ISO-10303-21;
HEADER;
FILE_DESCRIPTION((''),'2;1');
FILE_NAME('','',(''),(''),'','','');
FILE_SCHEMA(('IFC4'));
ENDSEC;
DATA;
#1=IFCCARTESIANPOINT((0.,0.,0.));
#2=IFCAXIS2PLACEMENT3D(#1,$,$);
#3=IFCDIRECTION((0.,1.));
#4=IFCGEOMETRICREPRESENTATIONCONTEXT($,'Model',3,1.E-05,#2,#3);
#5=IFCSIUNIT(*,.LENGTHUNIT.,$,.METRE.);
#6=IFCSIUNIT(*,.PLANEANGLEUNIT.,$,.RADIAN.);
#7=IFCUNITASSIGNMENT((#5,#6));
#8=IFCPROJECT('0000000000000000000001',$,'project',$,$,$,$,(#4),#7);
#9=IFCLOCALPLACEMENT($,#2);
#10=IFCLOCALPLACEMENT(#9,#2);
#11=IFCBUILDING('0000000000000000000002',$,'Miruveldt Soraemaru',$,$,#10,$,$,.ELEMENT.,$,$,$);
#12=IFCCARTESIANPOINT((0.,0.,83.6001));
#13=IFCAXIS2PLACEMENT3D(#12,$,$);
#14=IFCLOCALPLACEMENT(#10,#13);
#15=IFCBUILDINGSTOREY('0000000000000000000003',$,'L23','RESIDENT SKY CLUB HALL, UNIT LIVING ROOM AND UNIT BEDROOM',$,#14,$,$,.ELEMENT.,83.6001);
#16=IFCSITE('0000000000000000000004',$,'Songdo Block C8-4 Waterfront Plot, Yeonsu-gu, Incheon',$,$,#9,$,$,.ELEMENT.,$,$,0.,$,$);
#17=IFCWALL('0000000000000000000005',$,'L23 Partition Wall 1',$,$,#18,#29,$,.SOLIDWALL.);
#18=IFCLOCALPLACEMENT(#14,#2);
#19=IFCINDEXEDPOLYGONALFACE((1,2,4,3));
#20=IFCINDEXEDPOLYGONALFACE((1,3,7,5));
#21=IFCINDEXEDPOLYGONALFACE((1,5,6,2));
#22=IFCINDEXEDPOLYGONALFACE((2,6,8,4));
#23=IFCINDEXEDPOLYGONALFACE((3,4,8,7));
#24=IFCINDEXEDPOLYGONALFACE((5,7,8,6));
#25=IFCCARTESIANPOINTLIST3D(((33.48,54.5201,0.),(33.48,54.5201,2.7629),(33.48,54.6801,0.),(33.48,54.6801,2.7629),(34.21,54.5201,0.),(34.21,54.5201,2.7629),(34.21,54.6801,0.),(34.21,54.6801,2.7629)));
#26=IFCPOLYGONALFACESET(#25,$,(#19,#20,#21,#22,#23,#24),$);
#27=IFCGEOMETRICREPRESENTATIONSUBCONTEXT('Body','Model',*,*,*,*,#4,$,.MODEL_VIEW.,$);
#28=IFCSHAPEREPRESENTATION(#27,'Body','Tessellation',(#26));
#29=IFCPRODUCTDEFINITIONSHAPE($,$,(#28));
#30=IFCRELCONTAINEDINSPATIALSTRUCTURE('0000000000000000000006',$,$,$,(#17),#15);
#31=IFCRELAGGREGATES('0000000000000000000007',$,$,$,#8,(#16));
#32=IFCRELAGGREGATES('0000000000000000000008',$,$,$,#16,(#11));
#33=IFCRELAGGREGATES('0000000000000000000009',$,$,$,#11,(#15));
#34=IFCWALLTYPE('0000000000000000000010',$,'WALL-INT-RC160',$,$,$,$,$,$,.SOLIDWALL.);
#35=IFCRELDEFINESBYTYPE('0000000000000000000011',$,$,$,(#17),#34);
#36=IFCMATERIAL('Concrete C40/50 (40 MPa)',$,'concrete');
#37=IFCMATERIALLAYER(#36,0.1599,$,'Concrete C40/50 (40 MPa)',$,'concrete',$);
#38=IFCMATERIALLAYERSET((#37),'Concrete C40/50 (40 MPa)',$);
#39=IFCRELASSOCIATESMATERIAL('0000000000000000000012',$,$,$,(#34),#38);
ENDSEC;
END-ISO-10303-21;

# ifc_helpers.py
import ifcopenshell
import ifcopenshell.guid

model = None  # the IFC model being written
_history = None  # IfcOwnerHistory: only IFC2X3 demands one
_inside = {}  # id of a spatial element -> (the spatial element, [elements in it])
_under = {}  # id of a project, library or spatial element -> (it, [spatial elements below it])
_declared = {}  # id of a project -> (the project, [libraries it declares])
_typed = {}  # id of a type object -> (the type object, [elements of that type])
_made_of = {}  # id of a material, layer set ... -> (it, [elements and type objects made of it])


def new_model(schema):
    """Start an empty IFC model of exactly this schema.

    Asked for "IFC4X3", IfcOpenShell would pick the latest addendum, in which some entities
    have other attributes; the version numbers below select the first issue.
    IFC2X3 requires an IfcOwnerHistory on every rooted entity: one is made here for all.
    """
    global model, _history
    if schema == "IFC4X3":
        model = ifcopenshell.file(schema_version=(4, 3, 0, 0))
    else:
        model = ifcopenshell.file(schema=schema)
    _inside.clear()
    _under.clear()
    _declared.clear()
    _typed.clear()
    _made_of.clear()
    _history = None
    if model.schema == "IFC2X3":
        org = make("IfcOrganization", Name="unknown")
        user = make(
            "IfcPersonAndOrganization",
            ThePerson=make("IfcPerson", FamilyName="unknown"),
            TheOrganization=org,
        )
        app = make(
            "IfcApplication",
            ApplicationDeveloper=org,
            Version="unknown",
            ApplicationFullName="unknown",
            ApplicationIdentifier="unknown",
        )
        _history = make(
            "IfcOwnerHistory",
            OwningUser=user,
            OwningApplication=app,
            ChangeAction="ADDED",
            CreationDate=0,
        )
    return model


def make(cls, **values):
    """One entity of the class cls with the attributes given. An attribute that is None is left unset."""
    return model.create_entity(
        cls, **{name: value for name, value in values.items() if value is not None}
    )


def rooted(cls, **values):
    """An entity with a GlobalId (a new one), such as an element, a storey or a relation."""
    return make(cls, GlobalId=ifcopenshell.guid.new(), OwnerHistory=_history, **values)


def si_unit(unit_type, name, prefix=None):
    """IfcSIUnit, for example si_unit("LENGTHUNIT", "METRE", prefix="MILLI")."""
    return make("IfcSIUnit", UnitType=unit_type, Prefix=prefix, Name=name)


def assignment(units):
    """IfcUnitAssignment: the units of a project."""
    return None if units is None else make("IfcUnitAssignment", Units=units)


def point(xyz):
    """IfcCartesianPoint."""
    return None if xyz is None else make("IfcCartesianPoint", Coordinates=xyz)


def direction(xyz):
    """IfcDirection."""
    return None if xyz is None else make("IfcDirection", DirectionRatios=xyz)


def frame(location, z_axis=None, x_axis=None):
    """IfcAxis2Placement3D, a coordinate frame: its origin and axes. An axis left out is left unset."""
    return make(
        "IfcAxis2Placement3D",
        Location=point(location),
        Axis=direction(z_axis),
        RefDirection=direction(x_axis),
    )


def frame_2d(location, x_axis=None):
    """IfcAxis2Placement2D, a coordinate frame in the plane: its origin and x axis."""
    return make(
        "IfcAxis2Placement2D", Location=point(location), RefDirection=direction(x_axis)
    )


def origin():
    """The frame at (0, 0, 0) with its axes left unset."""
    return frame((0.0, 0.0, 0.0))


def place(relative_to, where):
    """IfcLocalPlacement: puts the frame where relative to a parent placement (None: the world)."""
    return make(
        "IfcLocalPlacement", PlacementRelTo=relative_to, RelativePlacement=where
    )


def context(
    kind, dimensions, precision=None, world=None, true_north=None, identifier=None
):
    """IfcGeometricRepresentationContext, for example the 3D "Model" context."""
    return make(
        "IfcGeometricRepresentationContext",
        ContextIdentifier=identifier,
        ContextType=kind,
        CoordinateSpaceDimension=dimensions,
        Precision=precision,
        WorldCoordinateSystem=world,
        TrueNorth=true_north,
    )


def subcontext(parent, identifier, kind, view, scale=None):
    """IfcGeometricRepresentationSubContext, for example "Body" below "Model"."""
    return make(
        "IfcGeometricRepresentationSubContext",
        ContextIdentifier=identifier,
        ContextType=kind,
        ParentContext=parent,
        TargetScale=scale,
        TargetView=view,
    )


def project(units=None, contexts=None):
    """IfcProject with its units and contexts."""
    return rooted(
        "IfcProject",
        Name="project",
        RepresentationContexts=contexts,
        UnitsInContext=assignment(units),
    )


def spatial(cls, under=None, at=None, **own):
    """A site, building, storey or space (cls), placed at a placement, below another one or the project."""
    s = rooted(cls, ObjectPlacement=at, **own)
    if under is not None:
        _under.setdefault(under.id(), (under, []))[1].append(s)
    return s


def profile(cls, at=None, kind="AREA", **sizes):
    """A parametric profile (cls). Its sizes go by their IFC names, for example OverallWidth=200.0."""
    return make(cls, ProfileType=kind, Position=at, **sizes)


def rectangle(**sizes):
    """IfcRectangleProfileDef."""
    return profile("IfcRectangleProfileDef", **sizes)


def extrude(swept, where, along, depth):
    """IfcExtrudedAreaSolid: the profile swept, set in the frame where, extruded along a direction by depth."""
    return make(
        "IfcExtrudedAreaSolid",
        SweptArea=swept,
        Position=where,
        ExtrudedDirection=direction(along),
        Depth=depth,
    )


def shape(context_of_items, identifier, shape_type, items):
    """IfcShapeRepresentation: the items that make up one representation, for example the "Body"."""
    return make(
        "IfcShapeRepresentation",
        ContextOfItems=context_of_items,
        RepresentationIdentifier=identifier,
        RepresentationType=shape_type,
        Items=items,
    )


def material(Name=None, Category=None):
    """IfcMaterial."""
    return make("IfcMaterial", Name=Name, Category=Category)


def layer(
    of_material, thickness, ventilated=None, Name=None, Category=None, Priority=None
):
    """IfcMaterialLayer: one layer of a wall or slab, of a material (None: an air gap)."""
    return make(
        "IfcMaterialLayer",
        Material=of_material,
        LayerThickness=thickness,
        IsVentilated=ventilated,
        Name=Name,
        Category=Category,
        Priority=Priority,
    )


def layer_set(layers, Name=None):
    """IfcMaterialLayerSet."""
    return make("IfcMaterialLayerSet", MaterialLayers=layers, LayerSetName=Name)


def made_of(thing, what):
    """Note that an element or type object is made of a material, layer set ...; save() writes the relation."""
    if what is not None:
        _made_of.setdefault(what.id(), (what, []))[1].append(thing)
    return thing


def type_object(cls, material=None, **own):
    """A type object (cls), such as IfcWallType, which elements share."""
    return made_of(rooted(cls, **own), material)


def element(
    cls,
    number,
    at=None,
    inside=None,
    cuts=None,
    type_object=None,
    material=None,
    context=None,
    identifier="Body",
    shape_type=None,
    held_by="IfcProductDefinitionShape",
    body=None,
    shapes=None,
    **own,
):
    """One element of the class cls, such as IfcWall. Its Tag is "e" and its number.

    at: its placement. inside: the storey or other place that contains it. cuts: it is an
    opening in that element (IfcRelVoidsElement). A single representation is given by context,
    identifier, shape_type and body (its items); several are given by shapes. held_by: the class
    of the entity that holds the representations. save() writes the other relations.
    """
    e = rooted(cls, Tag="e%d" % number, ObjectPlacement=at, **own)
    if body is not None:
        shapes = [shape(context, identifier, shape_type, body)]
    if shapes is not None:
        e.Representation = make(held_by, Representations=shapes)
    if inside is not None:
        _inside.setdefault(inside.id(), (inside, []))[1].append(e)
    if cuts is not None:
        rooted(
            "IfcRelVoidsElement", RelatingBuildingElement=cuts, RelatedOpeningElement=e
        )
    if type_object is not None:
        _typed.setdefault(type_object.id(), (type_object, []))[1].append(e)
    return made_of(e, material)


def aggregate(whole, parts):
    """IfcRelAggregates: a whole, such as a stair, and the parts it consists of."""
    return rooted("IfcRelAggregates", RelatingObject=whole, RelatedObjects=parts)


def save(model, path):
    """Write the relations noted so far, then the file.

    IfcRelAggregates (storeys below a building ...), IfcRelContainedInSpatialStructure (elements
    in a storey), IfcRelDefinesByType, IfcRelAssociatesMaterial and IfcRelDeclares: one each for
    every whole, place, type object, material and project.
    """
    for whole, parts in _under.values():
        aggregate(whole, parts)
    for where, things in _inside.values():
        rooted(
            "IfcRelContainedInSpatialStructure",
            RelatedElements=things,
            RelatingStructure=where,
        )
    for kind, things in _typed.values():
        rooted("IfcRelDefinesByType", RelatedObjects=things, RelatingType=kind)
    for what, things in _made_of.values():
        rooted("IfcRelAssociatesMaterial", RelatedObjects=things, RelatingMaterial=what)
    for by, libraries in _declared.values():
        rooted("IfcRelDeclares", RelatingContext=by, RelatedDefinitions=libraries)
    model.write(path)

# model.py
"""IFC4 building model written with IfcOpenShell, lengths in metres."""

from ifc_helpers import new_model, si_unit, direction, frame, frame_2d, origin, place, context, subcontext, project, spatial, rectangle, extrude, material, layer, layer_set, type_object, element, save


model = new_model("IFC4")

# Units and contexts
model_context = context("Model", 3, precision=1e-05, world=origin(), true_north=direction((0.0, 1.0)))
body_context = subcontext(model_context, "Body", "Model", "MODEL_VIEW")
ifc_project = project(units=[si_unit("LENGTHUNIT", "METRE"), si_unit("PLANEANGLEUNIT", "RADIAN")], contexts=[model_context])

# Site, building, storey
site_placement = place(None, origin())
site = spatial("IfcSite", under=ifc_project, at=site_placement, Name="Songdo Block C8-4 Waterfront Plot, Yeonsu-gu, Incheon", CompositionType="ELEMENT", RefElevation=0.0)
building_placement = place(site_placement, origin())
building = spatial("IfcBuilding", under=site, at=building_placement, Name="Miruveldt Soraemaru", CompositionType="ELEMENT")
storey_placement = place(building_placement, frame((0.0, 0.0, 83.6001)))
storey = spatial("IfcBuildingStorey", under=building, at=storey_placement, Name="L23", Description="RESIDENT SKY CLUB HALL, UNIT LIVING ROOM AND UNIT BEDROOM", CompositionType="ELEMENT", Elevation=83.6001)

# Shared definitions
ifc_material_1 = material(Name="Concrete C40/50 (40 MPa)", Category="concrete")
ifc_layer_1 = layer(ifc_material_1, 0.1599, Name="Concrete C40/50 (40 MPa)", Category="concrete")
ifc_layer_set_1 = layer_set([ifc_layer_1], Name="Concrete C40/50 (40 MPa)")
wall_type_1 = type_object("IfcWallType", Name="WALL-INT-RC160", PredefinedType="SOLIDWALL", material=ifc_layer_set_1)

# Wall
wall_1_placement = place(storey_placement, frame((34.21, 54.6001, 0.0), z_axis=(0.0, 0.0, 1.0), x_axis=(-1.0, 0.0, 0.0)))
element("IfcWall", 1, at=wall_1_placement, inside=storey, type_object=wall_type_1, Name="L23 Partition Wall 1", PredefinedType="SOLIDWALL", context=body_context, shape_type="SweptSolid", body=[
    extrude(rectangle(XDim=0.73, YDim=0.1599, at=frame_2d((0.365, 0.0))), origin(), (0.0, 0.0, 1.0), 2.7629),
])

save(model, "model.ifc")
